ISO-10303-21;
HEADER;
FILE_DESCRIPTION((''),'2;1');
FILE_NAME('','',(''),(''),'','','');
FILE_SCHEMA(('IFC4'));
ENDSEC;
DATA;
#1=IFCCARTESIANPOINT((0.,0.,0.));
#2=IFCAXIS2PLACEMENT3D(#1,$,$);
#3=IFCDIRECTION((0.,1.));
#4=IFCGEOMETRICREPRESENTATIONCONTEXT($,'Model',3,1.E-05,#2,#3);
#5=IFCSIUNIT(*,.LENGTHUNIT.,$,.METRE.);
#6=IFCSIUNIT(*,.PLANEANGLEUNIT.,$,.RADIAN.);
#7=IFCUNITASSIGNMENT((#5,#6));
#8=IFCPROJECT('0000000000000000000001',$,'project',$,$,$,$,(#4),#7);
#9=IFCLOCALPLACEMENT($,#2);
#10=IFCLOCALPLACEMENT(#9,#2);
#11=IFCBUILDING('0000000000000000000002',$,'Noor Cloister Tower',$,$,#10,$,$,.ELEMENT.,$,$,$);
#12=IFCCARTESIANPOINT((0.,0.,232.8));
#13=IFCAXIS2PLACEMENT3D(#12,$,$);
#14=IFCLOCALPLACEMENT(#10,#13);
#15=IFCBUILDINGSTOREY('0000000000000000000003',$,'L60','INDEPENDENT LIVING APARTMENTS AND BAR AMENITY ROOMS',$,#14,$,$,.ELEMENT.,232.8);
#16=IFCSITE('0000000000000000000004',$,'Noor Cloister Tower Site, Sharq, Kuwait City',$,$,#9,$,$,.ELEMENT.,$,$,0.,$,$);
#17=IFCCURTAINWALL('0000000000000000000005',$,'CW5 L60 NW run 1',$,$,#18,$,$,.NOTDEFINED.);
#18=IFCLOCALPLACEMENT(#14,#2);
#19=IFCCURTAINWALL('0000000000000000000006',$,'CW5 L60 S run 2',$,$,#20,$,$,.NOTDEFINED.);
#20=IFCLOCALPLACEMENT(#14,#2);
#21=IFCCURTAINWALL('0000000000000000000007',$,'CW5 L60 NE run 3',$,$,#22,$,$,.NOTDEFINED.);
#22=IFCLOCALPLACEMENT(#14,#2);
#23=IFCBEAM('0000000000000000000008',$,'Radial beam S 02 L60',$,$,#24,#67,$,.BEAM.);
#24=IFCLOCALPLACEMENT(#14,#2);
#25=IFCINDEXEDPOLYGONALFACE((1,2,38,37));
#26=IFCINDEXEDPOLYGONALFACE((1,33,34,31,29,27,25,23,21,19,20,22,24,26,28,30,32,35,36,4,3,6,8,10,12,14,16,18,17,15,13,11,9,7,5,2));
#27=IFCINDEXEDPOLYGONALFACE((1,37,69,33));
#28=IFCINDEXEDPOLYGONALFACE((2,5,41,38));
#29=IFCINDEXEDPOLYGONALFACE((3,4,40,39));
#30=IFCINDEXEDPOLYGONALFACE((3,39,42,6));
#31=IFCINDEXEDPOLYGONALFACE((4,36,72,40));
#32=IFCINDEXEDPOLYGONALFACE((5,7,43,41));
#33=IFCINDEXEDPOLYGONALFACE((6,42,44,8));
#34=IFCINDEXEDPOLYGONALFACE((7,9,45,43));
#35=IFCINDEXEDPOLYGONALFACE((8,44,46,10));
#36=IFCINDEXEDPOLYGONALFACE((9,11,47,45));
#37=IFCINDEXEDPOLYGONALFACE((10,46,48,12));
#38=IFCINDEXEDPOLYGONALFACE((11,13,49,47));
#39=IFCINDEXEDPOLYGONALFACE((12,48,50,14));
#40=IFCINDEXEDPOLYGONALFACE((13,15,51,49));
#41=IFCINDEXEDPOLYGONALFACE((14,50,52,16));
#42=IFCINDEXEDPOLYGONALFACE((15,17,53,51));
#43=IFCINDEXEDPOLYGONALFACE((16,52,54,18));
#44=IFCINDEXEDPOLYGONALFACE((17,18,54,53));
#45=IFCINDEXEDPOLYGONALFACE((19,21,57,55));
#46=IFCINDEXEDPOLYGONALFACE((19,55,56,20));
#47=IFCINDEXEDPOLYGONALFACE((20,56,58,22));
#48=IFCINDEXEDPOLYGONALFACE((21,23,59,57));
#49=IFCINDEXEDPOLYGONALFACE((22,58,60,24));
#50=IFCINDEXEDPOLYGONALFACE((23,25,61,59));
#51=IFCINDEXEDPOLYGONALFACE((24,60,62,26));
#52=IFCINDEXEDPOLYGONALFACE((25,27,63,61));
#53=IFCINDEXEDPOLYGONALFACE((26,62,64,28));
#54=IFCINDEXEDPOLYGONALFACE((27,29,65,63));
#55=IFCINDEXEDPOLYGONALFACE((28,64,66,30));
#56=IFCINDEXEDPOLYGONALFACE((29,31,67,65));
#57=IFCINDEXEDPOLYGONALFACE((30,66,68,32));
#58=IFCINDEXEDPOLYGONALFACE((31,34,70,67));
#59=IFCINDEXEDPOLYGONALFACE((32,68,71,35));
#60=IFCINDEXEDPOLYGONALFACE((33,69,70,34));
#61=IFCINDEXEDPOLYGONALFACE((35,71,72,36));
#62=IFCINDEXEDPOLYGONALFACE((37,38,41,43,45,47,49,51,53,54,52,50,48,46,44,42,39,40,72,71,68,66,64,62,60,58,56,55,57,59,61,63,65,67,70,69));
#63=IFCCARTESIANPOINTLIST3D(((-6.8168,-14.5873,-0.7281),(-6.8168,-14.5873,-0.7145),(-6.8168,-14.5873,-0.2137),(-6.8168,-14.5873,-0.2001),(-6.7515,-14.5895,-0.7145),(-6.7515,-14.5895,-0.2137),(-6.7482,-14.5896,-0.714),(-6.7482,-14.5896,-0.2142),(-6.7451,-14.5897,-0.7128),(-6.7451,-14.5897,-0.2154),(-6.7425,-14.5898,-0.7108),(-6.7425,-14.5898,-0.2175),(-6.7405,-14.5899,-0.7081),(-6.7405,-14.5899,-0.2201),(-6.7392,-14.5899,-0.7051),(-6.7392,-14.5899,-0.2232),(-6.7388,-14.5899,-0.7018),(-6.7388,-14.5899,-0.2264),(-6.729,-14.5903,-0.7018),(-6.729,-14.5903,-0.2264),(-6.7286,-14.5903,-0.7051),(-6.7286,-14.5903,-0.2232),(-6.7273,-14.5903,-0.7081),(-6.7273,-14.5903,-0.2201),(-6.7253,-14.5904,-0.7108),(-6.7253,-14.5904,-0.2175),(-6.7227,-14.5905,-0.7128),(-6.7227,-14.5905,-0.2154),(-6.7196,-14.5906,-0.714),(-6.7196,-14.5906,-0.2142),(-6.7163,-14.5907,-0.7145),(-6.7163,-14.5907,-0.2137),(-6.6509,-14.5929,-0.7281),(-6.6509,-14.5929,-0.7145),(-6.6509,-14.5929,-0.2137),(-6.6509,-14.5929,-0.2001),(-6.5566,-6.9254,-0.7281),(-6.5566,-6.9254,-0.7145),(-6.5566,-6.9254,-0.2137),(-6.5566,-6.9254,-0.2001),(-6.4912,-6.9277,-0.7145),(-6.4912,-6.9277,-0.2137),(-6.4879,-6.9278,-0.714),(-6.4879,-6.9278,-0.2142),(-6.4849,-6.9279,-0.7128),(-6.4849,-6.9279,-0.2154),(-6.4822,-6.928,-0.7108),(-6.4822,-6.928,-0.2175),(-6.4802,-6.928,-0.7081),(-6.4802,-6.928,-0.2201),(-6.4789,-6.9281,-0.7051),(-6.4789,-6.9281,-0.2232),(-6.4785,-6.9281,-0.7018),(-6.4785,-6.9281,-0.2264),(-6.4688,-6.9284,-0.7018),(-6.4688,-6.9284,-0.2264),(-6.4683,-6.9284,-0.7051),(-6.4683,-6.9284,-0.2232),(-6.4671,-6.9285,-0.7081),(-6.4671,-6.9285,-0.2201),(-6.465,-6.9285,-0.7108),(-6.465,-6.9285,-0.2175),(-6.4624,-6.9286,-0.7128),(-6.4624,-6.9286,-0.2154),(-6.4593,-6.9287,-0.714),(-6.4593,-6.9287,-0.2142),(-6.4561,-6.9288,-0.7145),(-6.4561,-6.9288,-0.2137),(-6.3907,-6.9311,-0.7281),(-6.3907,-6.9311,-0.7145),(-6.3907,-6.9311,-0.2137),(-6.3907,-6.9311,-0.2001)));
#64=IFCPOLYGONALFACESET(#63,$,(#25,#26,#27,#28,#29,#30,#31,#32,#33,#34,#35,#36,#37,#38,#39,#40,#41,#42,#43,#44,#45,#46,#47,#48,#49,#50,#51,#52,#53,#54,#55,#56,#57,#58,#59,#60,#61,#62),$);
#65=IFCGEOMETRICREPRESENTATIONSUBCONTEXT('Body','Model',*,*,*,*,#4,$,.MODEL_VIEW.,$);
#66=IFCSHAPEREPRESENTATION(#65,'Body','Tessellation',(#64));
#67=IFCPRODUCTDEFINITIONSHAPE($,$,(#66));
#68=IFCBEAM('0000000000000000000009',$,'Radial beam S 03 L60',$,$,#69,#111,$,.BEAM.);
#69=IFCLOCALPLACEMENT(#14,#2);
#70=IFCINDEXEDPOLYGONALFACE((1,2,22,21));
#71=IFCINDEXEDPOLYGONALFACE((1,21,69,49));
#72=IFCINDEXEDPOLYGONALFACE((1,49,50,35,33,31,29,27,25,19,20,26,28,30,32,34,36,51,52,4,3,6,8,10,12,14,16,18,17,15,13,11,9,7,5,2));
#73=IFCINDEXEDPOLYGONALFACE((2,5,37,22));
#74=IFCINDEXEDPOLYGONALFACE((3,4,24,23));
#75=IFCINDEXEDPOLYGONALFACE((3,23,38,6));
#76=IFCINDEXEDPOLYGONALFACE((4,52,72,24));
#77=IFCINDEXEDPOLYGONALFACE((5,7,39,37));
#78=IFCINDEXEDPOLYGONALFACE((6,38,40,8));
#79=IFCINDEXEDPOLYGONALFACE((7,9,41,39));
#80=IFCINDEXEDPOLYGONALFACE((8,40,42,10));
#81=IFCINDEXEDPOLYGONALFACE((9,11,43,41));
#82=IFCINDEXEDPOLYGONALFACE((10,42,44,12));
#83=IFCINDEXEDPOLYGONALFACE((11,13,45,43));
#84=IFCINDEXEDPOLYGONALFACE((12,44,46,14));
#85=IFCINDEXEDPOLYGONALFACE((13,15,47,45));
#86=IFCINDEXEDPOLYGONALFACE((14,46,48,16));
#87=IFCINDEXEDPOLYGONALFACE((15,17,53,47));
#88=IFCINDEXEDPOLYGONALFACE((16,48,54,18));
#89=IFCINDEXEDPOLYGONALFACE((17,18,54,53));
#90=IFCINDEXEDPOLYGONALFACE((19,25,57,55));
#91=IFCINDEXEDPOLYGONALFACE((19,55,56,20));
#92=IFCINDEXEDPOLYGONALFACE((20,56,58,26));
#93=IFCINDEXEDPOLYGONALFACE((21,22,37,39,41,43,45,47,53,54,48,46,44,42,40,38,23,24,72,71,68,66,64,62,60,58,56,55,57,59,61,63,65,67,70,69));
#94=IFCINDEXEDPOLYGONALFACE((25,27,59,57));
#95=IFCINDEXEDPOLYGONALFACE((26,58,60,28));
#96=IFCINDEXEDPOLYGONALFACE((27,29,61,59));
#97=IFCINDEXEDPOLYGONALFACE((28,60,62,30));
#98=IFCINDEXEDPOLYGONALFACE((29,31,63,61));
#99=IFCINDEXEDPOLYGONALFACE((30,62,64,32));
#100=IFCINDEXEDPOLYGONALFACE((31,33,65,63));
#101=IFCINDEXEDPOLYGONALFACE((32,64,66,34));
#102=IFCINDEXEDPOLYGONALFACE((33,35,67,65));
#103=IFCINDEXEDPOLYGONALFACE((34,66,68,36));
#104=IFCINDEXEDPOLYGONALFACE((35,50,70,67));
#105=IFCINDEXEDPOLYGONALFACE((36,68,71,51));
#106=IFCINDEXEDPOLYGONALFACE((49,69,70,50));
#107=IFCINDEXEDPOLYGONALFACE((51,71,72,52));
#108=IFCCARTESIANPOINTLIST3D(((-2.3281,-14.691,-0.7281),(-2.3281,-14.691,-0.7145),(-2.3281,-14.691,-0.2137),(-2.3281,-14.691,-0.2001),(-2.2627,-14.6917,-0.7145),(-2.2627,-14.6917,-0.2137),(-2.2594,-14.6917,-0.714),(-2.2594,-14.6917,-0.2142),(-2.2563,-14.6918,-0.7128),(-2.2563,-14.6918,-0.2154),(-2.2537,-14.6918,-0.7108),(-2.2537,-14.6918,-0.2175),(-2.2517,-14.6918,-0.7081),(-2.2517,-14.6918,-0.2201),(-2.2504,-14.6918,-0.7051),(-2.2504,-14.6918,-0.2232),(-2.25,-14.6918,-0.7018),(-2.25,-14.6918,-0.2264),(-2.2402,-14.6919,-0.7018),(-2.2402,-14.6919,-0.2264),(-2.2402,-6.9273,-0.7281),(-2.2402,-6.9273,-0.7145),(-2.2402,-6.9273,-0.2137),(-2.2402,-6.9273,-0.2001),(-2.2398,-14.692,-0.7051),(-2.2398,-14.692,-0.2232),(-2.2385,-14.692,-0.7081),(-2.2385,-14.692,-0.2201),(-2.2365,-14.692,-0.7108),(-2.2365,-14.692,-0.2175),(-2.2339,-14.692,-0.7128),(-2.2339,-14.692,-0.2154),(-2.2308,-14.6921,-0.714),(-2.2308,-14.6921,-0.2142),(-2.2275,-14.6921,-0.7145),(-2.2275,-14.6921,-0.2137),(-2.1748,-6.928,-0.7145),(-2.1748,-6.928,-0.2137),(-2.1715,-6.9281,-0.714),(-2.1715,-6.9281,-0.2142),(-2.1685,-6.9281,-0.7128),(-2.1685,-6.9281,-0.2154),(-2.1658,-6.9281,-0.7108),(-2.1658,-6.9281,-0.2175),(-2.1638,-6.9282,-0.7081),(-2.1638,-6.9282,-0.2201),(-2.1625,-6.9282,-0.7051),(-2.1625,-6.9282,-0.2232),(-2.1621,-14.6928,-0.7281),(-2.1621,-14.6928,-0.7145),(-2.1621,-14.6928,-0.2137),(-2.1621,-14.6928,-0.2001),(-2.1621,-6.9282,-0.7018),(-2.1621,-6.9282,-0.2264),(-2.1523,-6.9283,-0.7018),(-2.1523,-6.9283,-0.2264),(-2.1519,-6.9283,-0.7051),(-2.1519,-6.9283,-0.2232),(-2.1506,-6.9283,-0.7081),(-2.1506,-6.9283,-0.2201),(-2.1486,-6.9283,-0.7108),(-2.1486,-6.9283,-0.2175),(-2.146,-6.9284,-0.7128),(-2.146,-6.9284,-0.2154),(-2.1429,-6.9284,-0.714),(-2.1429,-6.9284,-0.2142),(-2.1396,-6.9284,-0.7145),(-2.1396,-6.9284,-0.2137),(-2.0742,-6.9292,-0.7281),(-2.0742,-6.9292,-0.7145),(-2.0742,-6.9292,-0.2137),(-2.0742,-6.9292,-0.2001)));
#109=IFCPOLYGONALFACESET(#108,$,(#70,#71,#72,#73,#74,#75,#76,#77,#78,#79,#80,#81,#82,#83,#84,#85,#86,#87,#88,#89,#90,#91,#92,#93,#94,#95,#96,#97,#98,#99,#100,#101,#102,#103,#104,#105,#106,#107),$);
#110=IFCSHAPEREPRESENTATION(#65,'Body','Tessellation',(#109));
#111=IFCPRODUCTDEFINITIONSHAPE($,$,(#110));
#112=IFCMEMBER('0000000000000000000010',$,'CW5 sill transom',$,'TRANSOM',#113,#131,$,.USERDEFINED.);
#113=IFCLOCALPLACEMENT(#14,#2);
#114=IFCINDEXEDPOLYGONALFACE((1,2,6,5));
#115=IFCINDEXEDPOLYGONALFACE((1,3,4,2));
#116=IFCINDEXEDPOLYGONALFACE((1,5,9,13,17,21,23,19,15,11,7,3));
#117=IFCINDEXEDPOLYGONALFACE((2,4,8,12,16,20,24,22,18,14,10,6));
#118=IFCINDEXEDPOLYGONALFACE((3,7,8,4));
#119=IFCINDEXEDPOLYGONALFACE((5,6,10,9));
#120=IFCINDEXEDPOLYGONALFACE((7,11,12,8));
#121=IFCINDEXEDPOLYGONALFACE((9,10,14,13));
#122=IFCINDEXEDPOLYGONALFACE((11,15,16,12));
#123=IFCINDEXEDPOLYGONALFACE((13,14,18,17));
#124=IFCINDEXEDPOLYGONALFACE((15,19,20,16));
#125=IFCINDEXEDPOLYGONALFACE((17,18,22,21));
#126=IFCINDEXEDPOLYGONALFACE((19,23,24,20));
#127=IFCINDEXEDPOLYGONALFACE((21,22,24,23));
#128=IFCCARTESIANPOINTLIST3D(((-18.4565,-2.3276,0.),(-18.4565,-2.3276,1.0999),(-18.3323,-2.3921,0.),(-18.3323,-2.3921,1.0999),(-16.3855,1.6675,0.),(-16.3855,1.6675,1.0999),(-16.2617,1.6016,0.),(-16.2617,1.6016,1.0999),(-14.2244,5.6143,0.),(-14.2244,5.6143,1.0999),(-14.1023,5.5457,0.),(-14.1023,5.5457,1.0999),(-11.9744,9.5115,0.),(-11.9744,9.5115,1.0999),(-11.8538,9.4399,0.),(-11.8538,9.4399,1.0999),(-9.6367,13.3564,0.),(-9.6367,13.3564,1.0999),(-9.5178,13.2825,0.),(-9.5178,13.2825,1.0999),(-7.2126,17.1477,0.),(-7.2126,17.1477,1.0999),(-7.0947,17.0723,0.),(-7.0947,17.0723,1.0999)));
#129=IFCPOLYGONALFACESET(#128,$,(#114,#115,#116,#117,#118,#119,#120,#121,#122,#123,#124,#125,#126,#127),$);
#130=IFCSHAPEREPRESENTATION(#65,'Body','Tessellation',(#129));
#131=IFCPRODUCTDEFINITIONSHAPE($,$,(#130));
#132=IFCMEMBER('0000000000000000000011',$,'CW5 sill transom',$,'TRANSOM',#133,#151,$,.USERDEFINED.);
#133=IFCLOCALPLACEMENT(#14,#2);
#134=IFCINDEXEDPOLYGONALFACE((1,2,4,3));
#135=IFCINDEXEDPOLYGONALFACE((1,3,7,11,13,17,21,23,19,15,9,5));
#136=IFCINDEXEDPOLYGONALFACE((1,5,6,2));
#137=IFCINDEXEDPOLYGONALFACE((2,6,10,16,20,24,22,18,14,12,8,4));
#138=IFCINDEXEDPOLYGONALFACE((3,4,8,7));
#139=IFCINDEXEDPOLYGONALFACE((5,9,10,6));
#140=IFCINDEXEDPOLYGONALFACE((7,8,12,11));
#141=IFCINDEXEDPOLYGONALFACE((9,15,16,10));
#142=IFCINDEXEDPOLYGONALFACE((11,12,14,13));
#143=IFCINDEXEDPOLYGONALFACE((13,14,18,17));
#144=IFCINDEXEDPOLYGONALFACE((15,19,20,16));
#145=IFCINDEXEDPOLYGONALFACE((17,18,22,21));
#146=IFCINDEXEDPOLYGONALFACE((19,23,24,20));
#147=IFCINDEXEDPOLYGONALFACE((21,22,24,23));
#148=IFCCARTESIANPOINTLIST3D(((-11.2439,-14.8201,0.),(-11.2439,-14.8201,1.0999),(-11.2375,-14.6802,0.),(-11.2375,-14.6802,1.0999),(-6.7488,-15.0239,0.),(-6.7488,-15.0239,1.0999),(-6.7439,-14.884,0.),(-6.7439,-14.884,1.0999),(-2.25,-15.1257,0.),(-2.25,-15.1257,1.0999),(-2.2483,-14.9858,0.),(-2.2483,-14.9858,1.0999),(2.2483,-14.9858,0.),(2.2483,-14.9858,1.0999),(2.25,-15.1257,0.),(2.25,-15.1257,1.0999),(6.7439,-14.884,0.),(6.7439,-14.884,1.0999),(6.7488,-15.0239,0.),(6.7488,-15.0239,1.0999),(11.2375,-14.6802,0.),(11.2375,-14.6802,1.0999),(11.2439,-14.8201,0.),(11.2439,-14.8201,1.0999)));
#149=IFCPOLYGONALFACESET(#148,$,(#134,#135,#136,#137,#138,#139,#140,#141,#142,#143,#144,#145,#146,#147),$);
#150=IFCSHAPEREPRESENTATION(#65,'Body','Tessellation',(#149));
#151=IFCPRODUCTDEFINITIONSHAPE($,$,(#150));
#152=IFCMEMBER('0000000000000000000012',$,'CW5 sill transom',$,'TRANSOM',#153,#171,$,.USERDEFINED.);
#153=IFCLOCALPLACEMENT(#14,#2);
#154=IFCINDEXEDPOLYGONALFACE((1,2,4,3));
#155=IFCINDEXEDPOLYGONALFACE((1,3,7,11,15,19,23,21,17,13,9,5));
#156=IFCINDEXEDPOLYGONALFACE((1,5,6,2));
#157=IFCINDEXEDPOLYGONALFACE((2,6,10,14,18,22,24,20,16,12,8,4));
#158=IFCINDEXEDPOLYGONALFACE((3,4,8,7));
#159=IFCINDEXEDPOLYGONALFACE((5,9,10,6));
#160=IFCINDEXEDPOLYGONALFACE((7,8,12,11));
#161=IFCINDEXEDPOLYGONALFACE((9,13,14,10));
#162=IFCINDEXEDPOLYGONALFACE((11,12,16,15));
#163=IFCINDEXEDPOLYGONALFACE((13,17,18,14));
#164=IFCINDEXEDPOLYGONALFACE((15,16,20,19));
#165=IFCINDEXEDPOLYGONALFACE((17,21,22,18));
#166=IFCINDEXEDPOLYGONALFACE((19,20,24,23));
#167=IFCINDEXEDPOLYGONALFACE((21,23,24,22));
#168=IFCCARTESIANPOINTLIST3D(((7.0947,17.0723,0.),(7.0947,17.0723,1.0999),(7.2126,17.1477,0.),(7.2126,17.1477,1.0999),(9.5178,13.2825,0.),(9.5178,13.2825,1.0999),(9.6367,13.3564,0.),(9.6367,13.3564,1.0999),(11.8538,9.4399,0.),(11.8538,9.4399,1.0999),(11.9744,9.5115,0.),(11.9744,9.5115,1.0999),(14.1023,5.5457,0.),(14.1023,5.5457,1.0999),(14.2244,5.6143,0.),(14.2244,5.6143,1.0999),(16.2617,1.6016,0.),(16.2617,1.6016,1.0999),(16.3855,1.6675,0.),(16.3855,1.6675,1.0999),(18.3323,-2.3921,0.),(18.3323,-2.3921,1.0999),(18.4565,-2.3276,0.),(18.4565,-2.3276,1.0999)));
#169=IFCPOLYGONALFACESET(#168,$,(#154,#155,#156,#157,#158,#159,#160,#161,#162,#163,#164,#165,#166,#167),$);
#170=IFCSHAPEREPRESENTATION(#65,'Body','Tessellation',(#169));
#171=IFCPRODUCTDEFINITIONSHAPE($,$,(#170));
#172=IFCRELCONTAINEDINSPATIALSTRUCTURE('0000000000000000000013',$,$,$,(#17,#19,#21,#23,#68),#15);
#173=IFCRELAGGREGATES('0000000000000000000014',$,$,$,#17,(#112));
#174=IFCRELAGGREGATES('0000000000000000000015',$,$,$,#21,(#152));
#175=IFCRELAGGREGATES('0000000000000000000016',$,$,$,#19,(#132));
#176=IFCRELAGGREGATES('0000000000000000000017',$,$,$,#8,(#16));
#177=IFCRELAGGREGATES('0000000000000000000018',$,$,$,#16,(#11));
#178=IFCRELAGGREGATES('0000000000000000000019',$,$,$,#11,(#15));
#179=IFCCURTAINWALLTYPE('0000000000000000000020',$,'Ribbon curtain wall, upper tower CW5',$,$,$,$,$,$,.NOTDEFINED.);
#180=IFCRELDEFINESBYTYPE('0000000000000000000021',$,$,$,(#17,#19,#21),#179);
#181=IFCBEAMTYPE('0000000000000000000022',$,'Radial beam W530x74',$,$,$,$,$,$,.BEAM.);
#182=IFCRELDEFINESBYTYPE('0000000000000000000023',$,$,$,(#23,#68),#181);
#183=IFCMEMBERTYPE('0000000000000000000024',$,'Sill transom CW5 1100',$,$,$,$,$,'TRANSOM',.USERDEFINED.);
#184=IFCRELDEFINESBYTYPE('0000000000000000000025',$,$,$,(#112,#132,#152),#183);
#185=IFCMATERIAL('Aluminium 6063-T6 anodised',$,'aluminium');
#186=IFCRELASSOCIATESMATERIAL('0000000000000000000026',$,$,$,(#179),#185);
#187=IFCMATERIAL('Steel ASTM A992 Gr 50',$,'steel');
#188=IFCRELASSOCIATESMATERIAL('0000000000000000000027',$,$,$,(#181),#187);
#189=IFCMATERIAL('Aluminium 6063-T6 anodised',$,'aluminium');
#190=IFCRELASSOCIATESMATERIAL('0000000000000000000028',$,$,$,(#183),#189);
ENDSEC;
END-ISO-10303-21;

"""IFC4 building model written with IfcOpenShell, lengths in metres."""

from ifc_helpers import new_model, si_unit, direction, frame, origin, origin_2d, place, context, subcontext, project, spatial, polyline, i_section, outline, extrude, material, material_profile, profile_set, type_object, element, aggregate, save


model = new_model("IFC4")

# Units and contexts
model_context = context("Model", 3, precision=1e-05, world=origin(), true_north=direction((0.0, 1.0)))
body_context = subcontext(model_context, "Body", "Model", "MODEL_VIEW")
ifc_project = project(units=[si_unit("LENGTHUNIT", "METRE"), si_unit("PLANEANGLEUNIT", "RADIAN")], contexts=[model_context])

# Site, building, storey
site_placement = place(None, origin())
site = spatial("IfcSite", under=ifc_project, at=site_placement, Name="Noor Cloister Tower Site, Sharq, Kuwait City", CompositionType="ELEMENT", RefElevation=0.0)
building_placement = place(site_placement, origin())
building = spatial("IfcBuilding", under=site, at=building_placement, Name="Noor Cloister Tower", CompositionType="ELEMENT")
storey_placement = place(building_placement, frame((0.0, 0.0, 232.8)))
storey = spatial("IfcBuildingStorey", under=building, at=storey_placement, Name="L60", Description="INDEPENDENT LIVING APARTMENTS AND BAR AMENITY ROOMS", CompositionType="ELEMENT", Elevation=232.8)

# Curtain walls
ifc_material_1 = material(Name="Aluminium 6063-T6 anodised", Category="aluminium")
curtain_wall_type = type_object("IfcCurtainWallType", Name="Ribbon curtain wall, upper tower CW5", PredefinedType="NOTDEFINED", material=ifc_material_1)
curtain_wall_1_placement = place(storey_placement, origin())
curtain_wall_1 = element("IfcCurtainWall", 1, at=curtain_wall_1_placement, inside=storey, type_object=curtain_wall_type, Name="CW5 L60 NW run 1", PredefinedType="NOTDEFINED")
curtain_wall_2_placement = place(storey_placement, origin())
curtain_wall_2 = element("IfcCurtainWall", 2, at=curtain_wall_2_placement, inside=storey, type_object=curtain_wall_type, Name="CW5 L60 S run 2", PredefinedType="NOTDEFINED")
curtain_wall_3_placement = place(storey_placement, origin())
curtain_wall_3 = element("IfcCurtainWall", 3, at=curtain_wall_3_placement, inside=storey, type_object=curtain_wall_type, Name="CW5 L60 NE run 3", PredefinedType="NOTDEFINED")

# Beams
ifc_material_2 = material(Name="Steel ASTM A992 Gr 50", Category="steel")
ifc_material_profile_1 = material_profile(ifc_material_2, i_section(OverallWidth=0.166, OverallDepth=0.5281, WebThickness=0.0098, FlangeThickness=0.0137, FilletRadius=0.0127, at=origin_2d()), Name="W530x74")
ifc_profile_set_1 = profile_set([ifc_material_profile_1], Name="Steel ASTM A992 Gr 50")
beam_type_1 = type_object("IfcBeamType", Name="Radial beam W530x74", PredefinedType="BEAM", material=ifc_profile_set_1)
beam_1_placement = place(storey_placement, frame((-6.7339, -14.5901, -0.4641), z_axis=(0.033948, 0.999424, 0.0), x_axis=(-0.999424, 0.033948, 0.0)))
element("IfcBeam", 4, at=beam_1_placement, inside=storey, type_object=beam_type_1, Name="Radial beam S 02 L60", PredefinedType="BEAM", context=body_context, shape_type="SweptSolid", body=[
    extrude(i_section(OverallWidth=0.166, OverallDepth=0.5281, WebThickness=0.0098, FlangeThickness=0.0137, FilletRadius=0.0127, at=origin_2d()), origin(), (0.0, 0.0, 1.0), 7.6663),
])
beam_2_placement = place(storey_placement, frame((-2.2451, -14.6919, -0.4641), z_axis=(0.01132, 0.999936, 0.0), x_axis=(-0.999936, 0.01132, 0.0)))
element("IfcBeam", 5, at=beam_2_placement, inside=storey, type_object=beam_type_1, Name="Radial beam S 03 L60", PredefinedType="BEAM", context=body_context, shape_type="SweptSolid", body=[
    extrude(i_section(OverallWidth=0.166, OverallDepth=0.5281, WebThickness=0.0098, FlangeThickness=0.0137, FilletRadius=0.0127, at=origin_2d()), origin(), (0.0, 0.0, 1.0), 7.7642),
])

# Members
ifc_material_3 = material(Name="Aluminium 6063-T6 anodised", Category="aluminium")
member_type_1 = type_object("IfcMemberType", Name="Sill transom CW5 1100", ElementType="TRANSOM", PredefinedType="USERDEFINED", material=ifc_material_3)
member_1_placement = place(storey_placement, origin())
member_1 = element("IfcMember", 6, at=member_1_placement, type_object=member_type_1, Name="CW5 sill transom", ObjectType="TRANSOM", PredefinedType="USERDEFINED", context=body_context, shape_type="SweptSolid", body=[
    extrude(outline(polyline([(-7.2126, 17.1477), (-9.6367, 13.3564), (-11.9744, 9.5115), (-14.2244, 5.6143), (-16.3855, 1.6675), (-18.4565, -2.3276), (-18.3323, -2.3921), (-16.2617, 1.6016), (-14.1023, 5.5457), (-11.8538, 9.4399), (-9.5178, 13.2825), (-7.0947, 17.0723), (-7.2126, 17.1477)])), origin(), (0.0, 0.0, 1.0), 1.0999),
])
aggregate(curtain_wall_1, [member_1])
member_2_placement = place(storey_placement, origin())
member_2 = element("IfcMember", 7, at=member_2_placement, type_object=member_type_1, Name="CW5 sill transom", ObjectType="TRANSOM", PredefinedType="USERDEFINED", context=body_context, shape_type="SweptSolid", body=[
    extrude(outline(polyline([(-11.2439, -14.8201), (-6.7488, -15.0239), (-2.25, -15.1257), (2.25, -15.1257), (6.7488, -15.0239), (11.2439, -14.8201), (11.2375, -14.6802), (6.7439, -14.884), (2.2483, -14.9858), (-2.2483, -14.9858), (-6.7439, -14.884), (-11.2375, -14.6802), (-11.2439, -14.8201)])), origin(), (0.0, 0.0, 1.0), 1.0999),
])
member_3_placement = place(storey_placement, origin())
member_3 = element("IfcMember", 8, at=member_3_placement, type_object=member_type_1, Name="CW5 sill transom", ObjectType="TRANSOM", PredefinedType="USERDEFINED", context=body_context, shape_type="SweptSolid", body=[
    extrude(outline(polyline([(18.4565, -2.3276), (16.3855, 1.6675), (14.2244, 5.6143), (11.9744, 9.5115), (9.6367, 13.3564), (7.2126, 17.1477), (7.0947, 17.0723), (9.5178, 13.2825), (11.8538, 9.4399), (14.1023, 5.5457), (16.2617, 1.6016), (18.3323, -2.3921), (18.4565, -2.3276)])), origin(), (0.0, 0.0, 1.0), 1.0999),
])
aggregate(curtain_wall_3, [member_3])

aggregate(curtain_wall_2, [member_2])

save(model, "model.ifc")
